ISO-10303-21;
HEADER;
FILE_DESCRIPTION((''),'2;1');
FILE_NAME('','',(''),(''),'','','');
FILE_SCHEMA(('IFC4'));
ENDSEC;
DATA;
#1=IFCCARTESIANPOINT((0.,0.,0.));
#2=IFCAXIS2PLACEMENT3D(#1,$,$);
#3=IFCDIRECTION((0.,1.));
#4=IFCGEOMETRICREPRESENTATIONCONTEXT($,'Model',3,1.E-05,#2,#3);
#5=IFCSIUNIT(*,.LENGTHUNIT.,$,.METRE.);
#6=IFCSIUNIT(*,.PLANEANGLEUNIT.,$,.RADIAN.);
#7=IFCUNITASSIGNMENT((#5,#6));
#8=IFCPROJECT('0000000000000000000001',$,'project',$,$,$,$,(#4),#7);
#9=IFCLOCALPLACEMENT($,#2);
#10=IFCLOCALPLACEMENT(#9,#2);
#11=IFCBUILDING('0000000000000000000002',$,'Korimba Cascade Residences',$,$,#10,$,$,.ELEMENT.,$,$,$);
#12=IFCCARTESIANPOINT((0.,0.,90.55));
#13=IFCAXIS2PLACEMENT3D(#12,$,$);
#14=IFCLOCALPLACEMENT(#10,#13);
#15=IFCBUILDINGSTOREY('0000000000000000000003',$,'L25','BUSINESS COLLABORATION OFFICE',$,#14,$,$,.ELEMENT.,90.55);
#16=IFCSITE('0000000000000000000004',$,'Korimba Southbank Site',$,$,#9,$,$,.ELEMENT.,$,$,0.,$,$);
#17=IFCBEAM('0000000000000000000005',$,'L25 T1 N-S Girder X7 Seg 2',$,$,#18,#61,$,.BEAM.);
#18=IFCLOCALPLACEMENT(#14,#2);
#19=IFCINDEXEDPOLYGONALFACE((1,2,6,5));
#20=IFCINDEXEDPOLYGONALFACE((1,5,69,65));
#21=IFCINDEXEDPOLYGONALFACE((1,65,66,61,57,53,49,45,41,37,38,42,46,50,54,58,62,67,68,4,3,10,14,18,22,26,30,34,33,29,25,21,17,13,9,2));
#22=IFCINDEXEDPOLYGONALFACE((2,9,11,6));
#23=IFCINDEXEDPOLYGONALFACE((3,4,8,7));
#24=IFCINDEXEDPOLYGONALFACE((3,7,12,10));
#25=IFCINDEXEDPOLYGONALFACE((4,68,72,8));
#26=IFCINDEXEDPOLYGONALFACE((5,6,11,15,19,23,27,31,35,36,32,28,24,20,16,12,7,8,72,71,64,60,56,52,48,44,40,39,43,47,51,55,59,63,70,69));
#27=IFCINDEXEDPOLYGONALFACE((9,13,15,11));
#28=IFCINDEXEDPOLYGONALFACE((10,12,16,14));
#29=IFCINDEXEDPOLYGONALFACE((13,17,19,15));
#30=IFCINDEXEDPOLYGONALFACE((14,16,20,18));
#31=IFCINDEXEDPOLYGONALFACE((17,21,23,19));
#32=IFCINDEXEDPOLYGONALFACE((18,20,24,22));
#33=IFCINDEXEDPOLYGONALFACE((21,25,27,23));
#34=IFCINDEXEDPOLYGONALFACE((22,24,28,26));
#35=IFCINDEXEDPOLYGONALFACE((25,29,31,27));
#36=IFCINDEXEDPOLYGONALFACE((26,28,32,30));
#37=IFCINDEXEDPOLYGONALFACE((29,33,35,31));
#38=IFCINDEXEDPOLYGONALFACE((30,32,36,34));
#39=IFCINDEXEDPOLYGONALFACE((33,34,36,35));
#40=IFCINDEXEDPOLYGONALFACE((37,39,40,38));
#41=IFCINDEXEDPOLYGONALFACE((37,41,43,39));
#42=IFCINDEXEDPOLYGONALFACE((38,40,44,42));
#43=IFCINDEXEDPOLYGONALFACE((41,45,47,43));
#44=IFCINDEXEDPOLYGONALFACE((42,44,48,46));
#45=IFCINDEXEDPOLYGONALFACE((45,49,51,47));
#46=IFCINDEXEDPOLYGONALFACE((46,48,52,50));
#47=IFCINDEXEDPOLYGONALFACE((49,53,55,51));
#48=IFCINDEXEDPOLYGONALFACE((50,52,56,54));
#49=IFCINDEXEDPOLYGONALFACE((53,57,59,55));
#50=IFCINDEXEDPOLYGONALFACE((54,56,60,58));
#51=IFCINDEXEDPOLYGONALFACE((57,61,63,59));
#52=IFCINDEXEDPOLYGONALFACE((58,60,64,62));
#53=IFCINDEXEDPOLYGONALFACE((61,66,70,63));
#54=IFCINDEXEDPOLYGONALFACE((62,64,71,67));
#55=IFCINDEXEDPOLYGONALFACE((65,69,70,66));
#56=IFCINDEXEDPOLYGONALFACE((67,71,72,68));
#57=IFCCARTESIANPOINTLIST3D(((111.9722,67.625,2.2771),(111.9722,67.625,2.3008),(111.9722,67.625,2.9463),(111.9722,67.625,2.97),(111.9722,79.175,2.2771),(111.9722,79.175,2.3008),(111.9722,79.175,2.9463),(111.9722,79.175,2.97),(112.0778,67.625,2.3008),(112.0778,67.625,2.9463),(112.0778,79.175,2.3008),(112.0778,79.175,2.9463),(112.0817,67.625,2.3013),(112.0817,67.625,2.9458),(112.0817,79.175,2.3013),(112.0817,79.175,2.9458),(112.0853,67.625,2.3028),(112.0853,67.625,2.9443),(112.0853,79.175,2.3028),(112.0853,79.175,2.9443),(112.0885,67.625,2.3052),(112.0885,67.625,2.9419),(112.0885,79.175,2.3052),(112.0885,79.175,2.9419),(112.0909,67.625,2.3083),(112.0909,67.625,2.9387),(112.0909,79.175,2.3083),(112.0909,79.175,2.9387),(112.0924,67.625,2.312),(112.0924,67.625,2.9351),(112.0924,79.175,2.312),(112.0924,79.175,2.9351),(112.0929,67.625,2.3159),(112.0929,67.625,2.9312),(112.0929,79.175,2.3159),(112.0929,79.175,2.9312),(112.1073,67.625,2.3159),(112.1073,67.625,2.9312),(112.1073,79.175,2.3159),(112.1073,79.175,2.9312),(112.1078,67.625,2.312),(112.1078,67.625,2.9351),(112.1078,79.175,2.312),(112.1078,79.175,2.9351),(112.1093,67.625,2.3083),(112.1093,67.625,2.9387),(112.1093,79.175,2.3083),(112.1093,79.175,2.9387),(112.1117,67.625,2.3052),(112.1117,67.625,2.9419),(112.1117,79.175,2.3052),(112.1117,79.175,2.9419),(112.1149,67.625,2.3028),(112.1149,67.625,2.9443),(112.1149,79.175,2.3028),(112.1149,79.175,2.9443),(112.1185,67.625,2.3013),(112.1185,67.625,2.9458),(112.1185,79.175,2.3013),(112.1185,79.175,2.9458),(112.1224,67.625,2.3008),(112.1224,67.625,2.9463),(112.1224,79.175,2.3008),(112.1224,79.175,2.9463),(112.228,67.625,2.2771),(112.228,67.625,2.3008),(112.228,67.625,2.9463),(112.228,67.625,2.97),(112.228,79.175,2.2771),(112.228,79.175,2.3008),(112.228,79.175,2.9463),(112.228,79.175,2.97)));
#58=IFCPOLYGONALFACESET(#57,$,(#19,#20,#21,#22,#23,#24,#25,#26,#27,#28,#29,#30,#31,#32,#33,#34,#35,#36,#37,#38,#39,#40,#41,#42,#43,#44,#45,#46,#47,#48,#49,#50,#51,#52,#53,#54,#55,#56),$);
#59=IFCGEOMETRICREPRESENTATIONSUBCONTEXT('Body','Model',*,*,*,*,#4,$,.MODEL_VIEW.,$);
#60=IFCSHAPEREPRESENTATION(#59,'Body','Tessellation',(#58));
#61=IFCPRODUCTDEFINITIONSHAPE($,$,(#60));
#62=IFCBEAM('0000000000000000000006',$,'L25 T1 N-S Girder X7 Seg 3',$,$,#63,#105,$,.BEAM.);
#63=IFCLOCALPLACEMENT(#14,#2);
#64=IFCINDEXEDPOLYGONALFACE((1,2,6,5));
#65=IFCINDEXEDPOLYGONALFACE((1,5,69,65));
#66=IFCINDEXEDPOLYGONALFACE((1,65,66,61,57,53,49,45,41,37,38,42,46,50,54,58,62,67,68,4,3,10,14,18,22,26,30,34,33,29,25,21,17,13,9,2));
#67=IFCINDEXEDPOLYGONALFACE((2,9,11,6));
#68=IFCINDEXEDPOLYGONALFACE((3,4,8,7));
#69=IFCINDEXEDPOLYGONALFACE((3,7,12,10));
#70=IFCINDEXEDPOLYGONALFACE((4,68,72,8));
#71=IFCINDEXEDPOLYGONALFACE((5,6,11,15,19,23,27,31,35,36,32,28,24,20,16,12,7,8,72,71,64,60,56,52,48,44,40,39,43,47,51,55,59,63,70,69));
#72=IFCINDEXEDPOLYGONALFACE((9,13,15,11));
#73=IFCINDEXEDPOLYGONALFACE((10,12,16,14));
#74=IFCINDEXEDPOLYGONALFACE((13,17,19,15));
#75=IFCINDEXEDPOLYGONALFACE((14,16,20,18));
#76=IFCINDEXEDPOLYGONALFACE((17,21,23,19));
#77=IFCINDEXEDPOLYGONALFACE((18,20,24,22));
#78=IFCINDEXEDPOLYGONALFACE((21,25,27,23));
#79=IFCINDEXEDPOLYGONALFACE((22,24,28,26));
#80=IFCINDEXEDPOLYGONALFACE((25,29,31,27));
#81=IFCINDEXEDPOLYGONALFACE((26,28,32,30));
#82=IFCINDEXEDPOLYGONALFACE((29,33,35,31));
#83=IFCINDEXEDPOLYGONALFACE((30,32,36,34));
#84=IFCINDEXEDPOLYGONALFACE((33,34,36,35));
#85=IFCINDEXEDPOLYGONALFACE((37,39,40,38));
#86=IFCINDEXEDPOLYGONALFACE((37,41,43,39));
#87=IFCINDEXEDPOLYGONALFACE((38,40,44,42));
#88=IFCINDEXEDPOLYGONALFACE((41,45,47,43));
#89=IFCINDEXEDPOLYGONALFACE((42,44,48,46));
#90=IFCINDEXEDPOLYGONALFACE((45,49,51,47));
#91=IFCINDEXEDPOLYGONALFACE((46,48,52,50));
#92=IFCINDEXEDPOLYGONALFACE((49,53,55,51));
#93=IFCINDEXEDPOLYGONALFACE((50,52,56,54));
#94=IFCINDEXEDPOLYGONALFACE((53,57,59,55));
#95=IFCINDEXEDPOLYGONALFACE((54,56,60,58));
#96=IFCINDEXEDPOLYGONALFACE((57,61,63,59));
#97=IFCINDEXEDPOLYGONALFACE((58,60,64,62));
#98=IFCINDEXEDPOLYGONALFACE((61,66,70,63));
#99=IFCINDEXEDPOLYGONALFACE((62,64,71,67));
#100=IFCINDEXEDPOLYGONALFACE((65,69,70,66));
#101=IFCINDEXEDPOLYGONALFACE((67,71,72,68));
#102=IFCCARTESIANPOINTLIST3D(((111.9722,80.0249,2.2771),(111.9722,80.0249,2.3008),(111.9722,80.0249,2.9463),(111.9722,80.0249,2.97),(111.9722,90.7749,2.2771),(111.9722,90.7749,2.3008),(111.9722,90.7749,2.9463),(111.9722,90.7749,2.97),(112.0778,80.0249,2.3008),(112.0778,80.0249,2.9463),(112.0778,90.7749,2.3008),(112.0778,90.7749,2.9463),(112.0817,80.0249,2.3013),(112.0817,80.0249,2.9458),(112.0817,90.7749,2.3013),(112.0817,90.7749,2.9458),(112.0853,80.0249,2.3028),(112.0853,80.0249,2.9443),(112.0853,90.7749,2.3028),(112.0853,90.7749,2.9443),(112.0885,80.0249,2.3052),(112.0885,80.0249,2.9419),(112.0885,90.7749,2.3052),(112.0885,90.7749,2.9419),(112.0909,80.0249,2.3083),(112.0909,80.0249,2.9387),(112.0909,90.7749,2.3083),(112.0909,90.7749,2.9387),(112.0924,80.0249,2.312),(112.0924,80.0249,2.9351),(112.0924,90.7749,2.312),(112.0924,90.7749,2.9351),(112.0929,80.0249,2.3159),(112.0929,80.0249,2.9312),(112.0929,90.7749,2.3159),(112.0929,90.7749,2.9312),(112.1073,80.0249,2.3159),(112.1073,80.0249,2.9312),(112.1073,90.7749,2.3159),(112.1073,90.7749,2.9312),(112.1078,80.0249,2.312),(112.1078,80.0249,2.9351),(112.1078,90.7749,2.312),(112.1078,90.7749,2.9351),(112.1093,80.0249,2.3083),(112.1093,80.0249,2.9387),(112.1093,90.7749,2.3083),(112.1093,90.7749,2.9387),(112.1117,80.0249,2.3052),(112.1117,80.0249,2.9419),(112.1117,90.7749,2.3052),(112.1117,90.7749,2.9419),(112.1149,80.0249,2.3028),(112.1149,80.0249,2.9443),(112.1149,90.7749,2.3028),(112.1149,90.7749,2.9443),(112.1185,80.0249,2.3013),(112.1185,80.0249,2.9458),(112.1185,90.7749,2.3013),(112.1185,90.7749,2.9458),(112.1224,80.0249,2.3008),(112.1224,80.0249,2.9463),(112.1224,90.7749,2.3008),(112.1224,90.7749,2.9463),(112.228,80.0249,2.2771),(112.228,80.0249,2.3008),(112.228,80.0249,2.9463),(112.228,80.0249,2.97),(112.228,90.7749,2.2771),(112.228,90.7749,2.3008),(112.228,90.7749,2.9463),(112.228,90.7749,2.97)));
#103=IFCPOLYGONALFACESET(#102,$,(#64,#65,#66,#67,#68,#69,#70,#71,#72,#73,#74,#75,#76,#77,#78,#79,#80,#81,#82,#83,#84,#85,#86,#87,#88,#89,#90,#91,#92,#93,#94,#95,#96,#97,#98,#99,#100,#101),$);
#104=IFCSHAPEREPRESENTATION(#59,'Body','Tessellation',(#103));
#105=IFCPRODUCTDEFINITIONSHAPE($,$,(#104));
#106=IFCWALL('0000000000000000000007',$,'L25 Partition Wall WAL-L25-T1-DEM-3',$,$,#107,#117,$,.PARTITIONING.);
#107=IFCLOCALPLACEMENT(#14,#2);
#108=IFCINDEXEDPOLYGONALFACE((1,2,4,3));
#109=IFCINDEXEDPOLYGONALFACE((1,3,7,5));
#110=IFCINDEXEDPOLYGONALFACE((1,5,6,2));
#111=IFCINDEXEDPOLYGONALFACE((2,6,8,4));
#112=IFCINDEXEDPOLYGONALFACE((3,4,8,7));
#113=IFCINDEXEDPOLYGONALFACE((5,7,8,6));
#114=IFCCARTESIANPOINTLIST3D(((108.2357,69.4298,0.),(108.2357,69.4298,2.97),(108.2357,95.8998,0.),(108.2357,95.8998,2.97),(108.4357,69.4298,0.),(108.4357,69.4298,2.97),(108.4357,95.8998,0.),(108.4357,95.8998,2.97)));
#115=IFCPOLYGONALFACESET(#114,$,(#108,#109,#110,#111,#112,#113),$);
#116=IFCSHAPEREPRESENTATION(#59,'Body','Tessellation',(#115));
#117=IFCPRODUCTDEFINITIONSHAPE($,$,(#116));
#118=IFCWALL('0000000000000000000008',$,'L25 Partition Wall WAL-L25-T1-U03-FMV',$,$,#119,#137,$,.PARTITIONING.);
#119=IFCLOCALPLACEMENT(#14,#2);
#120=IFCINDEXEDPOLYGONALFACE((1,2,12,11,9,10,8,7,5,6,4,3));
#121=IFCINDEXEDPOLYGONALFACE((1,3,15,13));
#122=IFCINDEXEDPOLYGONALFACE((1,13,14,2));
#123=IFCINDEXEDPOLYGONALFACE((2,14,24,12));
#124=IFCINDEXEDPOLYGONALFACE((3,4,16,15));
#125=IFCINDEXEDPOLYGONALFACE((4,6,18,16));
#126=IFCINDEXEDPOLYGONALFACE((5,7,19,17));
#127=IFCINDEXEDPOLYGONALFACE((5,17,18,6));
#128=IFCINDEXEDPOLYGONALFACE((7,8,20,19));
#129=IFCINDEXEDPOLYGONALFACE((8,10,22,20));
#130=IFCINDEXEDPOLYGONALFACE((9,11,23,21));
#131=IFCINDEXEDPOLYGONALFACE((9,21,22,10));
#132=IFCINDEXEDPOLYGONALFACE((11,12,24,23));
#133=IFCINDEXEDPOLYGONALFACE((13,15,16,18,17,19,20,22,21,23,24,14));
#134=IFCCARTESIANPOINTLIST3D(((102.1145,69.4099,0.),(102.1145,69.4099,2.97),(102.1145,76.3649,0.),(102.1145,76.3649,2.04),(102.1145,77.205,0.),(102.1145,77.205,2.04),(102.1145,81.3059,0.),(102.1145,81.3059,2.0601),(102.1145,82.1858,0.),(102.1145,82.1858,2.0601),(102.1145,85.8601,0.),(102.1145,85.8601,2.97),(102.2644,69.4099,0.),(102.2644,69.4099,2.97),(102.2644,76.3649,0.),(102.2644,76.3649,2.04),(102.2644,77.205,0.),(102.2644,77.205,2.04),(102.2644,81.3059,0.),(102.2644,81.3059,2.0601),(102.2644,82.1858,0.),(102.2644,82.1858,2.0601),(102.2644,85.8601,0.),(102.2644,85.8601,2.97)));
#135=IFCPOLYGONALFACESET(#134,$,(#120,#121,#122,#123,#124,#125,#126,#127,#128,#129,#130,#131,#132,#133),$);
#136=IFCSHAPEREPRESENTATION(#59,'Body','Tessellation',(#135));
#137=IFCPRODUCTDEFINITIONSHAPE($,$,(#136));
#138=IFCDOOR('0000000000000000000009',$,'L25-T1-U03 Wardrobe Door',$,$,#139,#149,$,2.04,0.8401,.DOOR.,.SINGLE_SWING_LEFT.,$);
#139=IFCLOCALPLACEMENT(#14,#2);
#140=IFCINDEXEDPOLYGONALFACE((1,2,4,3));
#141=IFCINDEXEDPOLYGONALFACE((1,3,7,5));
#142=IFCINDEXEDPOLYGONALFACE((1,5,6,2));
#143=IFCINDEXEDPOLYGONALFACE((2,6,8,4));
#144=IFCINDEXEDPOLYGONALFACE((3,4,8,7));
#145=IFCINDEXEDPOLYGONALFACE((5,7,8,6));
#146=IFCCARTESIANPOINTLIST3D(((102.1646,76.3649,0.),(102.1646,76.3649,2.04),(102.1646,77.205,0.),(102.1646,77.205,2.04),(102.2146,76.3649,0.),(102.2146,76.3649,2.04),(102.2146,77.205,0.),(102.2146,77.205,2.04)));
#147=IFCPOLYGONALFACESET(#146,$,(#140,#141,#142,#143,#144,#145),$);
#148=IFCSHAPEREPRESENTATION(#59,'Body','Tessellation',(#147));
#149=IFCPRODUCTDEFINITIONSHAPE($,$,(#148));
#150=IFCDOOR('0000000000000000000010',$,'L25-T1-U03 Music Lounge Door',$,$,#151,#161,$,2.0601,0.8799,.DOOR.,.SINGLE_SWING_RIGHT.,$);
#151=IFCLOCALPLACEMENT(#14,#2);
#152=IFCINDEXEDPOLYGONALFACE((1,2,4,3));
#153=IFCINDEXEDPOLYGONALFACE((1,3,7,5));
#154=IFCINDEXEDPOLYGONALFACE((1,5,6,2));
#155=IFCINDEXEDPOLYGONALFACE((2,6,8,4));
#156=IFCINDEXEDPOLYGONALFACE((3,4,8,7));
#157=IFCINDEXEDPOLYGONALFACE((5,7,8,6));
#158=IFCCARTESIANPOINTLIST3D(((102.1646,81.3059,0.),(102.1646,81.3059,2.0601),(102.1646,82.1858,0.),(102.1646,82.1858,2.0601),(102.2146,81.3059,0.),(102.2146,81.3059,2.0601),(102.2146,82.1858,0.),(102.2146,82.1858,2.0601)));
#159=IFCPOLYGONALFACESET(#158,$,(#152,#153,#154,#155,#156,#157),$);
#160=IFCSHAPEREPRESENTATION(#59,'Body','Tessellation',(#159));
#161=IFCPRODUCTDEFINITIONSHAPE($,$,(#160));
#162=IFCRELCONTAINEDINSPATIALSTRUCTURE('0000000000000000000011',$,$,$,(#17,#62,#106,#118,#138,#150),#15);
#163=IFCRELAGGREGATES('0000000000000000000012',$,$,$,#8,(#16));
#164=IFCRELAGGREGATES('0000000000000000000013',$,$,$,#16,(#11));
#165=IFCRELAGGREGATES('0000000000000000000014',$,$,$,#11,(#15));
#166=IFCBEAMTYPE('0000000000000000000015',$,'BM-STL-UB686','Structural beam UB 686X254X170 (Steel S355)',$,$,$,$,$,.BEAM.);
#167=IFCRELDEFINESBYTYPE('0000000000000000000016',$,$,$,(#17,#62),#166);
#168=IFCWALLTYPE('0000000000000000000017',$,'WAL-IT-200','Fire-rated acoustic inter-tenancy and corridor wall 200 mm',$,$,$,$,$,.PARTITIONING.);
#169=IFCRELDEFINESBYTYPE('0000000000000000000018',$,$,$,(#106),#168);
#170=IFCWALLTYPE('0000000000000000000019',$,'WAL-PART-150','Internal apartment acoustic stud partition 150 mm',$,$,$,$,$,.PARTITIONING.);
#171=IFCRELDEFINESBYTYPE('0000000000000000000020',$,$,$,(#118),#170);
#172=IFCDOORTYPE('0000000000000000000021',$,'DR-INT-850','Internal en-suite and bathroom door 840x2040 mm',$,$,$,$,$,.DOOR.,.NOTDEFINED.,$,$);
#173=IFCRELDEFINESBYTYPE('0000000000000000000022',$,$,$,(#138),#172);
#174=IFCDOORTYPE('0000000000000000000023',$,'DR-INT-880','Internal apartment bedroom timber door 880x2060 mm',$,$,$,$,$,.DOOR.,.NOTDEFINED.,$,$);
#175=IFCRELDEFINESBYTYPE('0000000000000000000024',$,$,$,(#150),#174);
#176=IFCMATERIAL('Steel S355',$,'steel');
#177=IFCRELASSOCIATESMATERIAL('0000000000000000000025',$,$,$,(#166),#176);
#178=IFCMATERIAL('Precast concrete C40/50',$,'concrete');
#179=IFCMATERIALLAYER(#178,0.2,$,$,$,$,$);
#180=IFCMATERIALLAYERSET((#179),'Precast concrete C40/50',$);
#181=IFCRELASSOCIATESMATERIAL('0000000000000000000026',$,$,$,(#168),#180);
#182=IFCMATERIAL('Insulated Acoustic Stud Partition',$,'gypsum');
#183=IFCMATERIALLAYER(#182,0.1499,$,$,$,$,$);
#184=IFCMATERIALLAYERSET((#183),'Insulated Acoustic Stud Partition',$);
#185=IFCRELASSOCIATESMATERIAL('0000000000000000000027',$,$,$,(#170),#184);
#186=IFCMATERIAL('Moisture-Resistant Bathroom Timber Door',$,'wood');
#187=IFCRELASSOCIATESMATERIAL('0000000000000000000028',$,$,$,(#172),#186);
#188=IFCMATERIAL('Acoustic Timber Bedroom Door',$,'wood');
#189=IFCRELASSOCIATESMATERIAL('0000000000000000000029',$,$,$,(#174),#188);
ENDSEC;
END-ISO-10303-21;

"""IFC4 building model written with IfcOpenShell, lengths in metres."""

from ifc_helpers import new_model, si_unit, direction, frame, frame_2d, origin, origin_2d, place, context, subcontext, project, spatial, rectangle, i_section, extrude, material, layer, layer_set, material_profile, profile_set, type_object, element, fill, save


model = new_model("IFC4")

# Units and contexts
model_context = context("Model", 3, precision=1e-05, world=origin(), true_north=direction((0.0, 1.0)))
body_context = subcontext(model_context, "Body", "Model", "MODEL_VIEW")
ifc_project = project(units=[si_unit("LENGTHUNIT", "METRE"), si_unit("PLANEANGLEUNIT", "RADIAN")], contexts=[model_context])

# Site, building, storey
site_placement = place(None, origin())
site = spatial("IfcSite", under=ifc_project, at=site_placement, Name="Korimba Southbank Site", CompositionType="ELEMENT", RefElevation=0.0)
building_placement = place(site_placement, origin())
building = spatial("IfcBuilding", under=site, at=building_placement, Name="Korimba Cascade Residences", CompositionType="ELEMENT")
storey_placement = place(building_placement, frame((0.0, 0.0, 90.55)))
storey = spatial("IfcBuildingStorey", under=building, at=storey_placement, Name="L25", Description="BUSINESS COLLABORATION OFFICE", CompositionType="ELEMENT", Elevation=90.55)

# Beams
ifc_material_1 = material(Name="Steel S355", Category="steel")
ifc_material_profile_1 = material_profile(ifc_material_1, i_section(OverallWidth=0.2559, OverallDepth=0.6929, WebThickness=0.0144, FlangeThickness=0.0237, FilletRadius=0.0151, at=origin_2d()), Name="Steel S355")
ifc_profile_set_1 = profile_set([ifc_material_profile_1], Name="Steel S355")
beam_type_1 = type_object("IfcBeamType", Name="BM-STL-UB686", Description="Structural beam UB 686X254X170 (Steel S355)", PredefinedType="BEAM", material=ifc_profile_set_1)
beam_1_placement = place(storey_placement, frame((112.1001, 67.625, 2.6235), z_axis=(0.0, 1.0, 0.0), x_axis=(-1.0, 0.0, 0.0)))
element("IfcBeam", 1, at=beam_1_placement, inside=storey, type_object=beam_type_1, Name="L25 T1 N-S Girder X7 Seg 2", PredefinedType="BEAM", context=body_context, shape_type="SweptSolid", body=[
    extrude(i_section(OverallWidth=0.2559, OverallDepth=0.6929, WebThickness=0.0144, FlangeThickness=0.0237, FilletRadius=0.0151, at=origin_2d()), origin(), (0.0, 0.0, 1.0), 11.55),
])
beam_2_placement = place(storey_placement, frame((112.1001, 80.0249, 2.6235), z_axis=(0.0, 1.0, 0.0), x_axis=(-1.0, 0.0, 0.0)))
element("IfcBeam", 2, at=beam_2_placement, inside=storey, type_object=beam_type_1, Name="L25 T1 N-S Girder X7 Seg 3", PredefinedType="BEAM", context=body_context, shape_type="SweptSolid", body=[
    extrude(i_section(OverallWidth=0.2559, OverallDepth=0.6929, WebThickness=0.0144, FlangeThickness=0.0237, FilletRadius=0.0151, at=origin_2d()), origin(), (0.0, 0.0, 1.0), 10.75),
])

# Wall
ifc_material_2 = material(Name="Precast concrete C40/50", Category="concrete")
ifc_layer_1 = layer(ifc_material_2, 0.2)
ifc_layer_set_1 = layer_set([ifc_layer_1], Name="Precast concrete C40/50")
wall_type_1 = type_object("IfcWallType", Name="WAL-IT-200", Description="Fire-rated acoustic inter-tenancy and corridor wall 200 mm", PredefinedType="PARTITIONING", material=ifc_layer_set_1)
wall_1_placement = place(storey_placement, frame((108.3357, 69.4299, 0.0), z_axis=(0.0, 0.0, 1.0), x_axis=(0.0, 1.0, 0.0)))
element("IfcWall", 3, at=wall_1_placement, inside=storey, type_object=wall_type_1, Name="L25 Partition Wall WAL-L25-T1-DEM-3", PredefinedType="PARTITIONING", context=body_context, shape_type="SweptSolid", body=[
    extrude(rectangle(XDim=26.47, YDim=0.2, at=frame_2d((13.2349, 0.0))), origin(), (0.0, 0.0, 1.0), 2.97),
])

# Wall, openings, doors
ifc_material_3 = material(Name="Insulated Acoustic Stud Partition", Category="gypsum")
ifc_layer_2 = layer(ifc_material_3, 0.1499)
ifc_layer_set_2 = layer_set([ifc_layer_2], Name="Insulated Acoustic Stud Partition")
wall_type_2 = type_object("IfcWallType", Name="WAL-PART-150", Description="Internal apartment acoustic stud partition 150 mm", PredefinedType="PARTITIONING", material=ifc_layer_set_2)
wall_2_placement = place(storey_placement, frame((102.1895, 69.4099, 0.0), z_axis=(0.0, 0.0, 1.0), x_axis=(0.0, 1.0, 0.0)))
wall_2 = element("IfcWall", 4, at=wall_2_placement, inside=storey, type_object=wall_type_2, Name="L25 Partition Wall WAL-L25-T1-U03-FMV", PredefinedType="PARTITIONING", context=body_context, shape_type="SweptSolid", body=[
    extrude(rectangle(XDim=16.4502, YDim=0.1499, at=frame_2d((8.2251, 0.0))), origin(), (0.0, 0.0, 1.0), 2.97),
])
opening_1_placement = place(wall_2_placement, frame((6.9551, 0.0, 0.0)))
opening_1 = element("IfcOpeningElement", 5, at=opening_1_placement, cuts=wall_2, PredefinedType="OPENING", context=body_context, shape_type="SweptSolid", body=[
    extrude(rectangle(XDim=0.8401, YDim=2.04, at=frame_2d((0.4199, 1.02))), frame((0.0, 0.085, 0.0), z_axis=(0.0, -1.0, 0.0), x_axis=(1.0, 0.0, 0.0)), (0.0, 0.0, 1.0), 0.1699),
])
opening_2_placement = place(wall_2_placement, frame((11.896, 0.0, 0.0)))
opening_2 = element("IfcOpeningElement", 6, at=opening_2_placement, cuts=wall_2, PredefinedType="OPENING", context=body_context, shape_type="SweptSolid", body=[
    extrude(rectangle(XDim=0.8799, YDim=2.0601, at=frame_2d((0.4399, 1.03))), frame((0.0, 0.085, 0.0), z_axis=(0.0, -1.0, 0.0), x_axis=(1.0, 0.0, 0.0)), (0.0, 0.0, 1.0), 0.1699),
])
ifc_material_4 = material(Name="Moisture-Resistant Bathroom Timber Door", Category="wood")
door_type_1 = type_object("IfcDoorType", Name="DR-INT-850", Description="Internal en-suite and bathroom door 840x2040 mm", OperationType="NOTDEFINED", PredefinedType="DOOR", material=ifc_material_4)
door_1_placement = place(opening_1_placement, origin())
door_1 = element("IfcDoor", 7, at=door_1_placement, inside=storey, type_object=door_type_1, Name="L25-T1-U03 Wardrobe Door", OperationType="SINGLE_SWING_LEFT", OverallHeight=2.04, OverallWidth=0.8401, PredefinedType="DOOR", context=body_context, shape_type="SweptSolid", body=[
    extrude(rectangle(XDim=0.8401, YDim=2.04, at=frame_2d((0.4199, 1.02))), frame((0.0, 0.0249, 0.0), z_axis=(0.0, -1.0, 0.0), x_axis=(1.0, 0.0, 0.0)), (0.0, 0.0, 1.0), 0.05),
])
fill(opening_1, door_1)
ifc_material_5 = material(Name="Acoustic Timber Bedroom Door", Category="wood")
door_type_2 = type_object("IfcDoorType", Name="DR-INT-880", Description="Internal apartment bedroom timber door 880x2060 mm", OperationType="NOTDEFINED", PredefinedType="DOOR", material=ifc_material_5)
door_2_placement = place(opening_2_placement, origin())
door_2 = element("IfcDoor", 8, at=door_2_placement, inside=storey, type_object=door_type_2, Name="L25-T1-U03 Music Lounge Door", OperationType="SINGLE_SWING_RIGHT", OverallHeight=2.0601, OverallWidth=0.8799, PredefinedType="DOOR", context=body_context, shape_type="SweptSolid", body=[
    extrude(rectangle(XDim=0.8799, YDim=2.0601, at=frame_2d((0.4399, 1.03))), frame((0.0, 0.0249, 0.0), z_axis=(0.0, -1.0, 0.0), x_axis=(1.0, 0.0, 0.0)), (0.0, 0.0, 1.0), 0.05),
])
fill(opening_2, door_2)

save(model, "model.ifc")
